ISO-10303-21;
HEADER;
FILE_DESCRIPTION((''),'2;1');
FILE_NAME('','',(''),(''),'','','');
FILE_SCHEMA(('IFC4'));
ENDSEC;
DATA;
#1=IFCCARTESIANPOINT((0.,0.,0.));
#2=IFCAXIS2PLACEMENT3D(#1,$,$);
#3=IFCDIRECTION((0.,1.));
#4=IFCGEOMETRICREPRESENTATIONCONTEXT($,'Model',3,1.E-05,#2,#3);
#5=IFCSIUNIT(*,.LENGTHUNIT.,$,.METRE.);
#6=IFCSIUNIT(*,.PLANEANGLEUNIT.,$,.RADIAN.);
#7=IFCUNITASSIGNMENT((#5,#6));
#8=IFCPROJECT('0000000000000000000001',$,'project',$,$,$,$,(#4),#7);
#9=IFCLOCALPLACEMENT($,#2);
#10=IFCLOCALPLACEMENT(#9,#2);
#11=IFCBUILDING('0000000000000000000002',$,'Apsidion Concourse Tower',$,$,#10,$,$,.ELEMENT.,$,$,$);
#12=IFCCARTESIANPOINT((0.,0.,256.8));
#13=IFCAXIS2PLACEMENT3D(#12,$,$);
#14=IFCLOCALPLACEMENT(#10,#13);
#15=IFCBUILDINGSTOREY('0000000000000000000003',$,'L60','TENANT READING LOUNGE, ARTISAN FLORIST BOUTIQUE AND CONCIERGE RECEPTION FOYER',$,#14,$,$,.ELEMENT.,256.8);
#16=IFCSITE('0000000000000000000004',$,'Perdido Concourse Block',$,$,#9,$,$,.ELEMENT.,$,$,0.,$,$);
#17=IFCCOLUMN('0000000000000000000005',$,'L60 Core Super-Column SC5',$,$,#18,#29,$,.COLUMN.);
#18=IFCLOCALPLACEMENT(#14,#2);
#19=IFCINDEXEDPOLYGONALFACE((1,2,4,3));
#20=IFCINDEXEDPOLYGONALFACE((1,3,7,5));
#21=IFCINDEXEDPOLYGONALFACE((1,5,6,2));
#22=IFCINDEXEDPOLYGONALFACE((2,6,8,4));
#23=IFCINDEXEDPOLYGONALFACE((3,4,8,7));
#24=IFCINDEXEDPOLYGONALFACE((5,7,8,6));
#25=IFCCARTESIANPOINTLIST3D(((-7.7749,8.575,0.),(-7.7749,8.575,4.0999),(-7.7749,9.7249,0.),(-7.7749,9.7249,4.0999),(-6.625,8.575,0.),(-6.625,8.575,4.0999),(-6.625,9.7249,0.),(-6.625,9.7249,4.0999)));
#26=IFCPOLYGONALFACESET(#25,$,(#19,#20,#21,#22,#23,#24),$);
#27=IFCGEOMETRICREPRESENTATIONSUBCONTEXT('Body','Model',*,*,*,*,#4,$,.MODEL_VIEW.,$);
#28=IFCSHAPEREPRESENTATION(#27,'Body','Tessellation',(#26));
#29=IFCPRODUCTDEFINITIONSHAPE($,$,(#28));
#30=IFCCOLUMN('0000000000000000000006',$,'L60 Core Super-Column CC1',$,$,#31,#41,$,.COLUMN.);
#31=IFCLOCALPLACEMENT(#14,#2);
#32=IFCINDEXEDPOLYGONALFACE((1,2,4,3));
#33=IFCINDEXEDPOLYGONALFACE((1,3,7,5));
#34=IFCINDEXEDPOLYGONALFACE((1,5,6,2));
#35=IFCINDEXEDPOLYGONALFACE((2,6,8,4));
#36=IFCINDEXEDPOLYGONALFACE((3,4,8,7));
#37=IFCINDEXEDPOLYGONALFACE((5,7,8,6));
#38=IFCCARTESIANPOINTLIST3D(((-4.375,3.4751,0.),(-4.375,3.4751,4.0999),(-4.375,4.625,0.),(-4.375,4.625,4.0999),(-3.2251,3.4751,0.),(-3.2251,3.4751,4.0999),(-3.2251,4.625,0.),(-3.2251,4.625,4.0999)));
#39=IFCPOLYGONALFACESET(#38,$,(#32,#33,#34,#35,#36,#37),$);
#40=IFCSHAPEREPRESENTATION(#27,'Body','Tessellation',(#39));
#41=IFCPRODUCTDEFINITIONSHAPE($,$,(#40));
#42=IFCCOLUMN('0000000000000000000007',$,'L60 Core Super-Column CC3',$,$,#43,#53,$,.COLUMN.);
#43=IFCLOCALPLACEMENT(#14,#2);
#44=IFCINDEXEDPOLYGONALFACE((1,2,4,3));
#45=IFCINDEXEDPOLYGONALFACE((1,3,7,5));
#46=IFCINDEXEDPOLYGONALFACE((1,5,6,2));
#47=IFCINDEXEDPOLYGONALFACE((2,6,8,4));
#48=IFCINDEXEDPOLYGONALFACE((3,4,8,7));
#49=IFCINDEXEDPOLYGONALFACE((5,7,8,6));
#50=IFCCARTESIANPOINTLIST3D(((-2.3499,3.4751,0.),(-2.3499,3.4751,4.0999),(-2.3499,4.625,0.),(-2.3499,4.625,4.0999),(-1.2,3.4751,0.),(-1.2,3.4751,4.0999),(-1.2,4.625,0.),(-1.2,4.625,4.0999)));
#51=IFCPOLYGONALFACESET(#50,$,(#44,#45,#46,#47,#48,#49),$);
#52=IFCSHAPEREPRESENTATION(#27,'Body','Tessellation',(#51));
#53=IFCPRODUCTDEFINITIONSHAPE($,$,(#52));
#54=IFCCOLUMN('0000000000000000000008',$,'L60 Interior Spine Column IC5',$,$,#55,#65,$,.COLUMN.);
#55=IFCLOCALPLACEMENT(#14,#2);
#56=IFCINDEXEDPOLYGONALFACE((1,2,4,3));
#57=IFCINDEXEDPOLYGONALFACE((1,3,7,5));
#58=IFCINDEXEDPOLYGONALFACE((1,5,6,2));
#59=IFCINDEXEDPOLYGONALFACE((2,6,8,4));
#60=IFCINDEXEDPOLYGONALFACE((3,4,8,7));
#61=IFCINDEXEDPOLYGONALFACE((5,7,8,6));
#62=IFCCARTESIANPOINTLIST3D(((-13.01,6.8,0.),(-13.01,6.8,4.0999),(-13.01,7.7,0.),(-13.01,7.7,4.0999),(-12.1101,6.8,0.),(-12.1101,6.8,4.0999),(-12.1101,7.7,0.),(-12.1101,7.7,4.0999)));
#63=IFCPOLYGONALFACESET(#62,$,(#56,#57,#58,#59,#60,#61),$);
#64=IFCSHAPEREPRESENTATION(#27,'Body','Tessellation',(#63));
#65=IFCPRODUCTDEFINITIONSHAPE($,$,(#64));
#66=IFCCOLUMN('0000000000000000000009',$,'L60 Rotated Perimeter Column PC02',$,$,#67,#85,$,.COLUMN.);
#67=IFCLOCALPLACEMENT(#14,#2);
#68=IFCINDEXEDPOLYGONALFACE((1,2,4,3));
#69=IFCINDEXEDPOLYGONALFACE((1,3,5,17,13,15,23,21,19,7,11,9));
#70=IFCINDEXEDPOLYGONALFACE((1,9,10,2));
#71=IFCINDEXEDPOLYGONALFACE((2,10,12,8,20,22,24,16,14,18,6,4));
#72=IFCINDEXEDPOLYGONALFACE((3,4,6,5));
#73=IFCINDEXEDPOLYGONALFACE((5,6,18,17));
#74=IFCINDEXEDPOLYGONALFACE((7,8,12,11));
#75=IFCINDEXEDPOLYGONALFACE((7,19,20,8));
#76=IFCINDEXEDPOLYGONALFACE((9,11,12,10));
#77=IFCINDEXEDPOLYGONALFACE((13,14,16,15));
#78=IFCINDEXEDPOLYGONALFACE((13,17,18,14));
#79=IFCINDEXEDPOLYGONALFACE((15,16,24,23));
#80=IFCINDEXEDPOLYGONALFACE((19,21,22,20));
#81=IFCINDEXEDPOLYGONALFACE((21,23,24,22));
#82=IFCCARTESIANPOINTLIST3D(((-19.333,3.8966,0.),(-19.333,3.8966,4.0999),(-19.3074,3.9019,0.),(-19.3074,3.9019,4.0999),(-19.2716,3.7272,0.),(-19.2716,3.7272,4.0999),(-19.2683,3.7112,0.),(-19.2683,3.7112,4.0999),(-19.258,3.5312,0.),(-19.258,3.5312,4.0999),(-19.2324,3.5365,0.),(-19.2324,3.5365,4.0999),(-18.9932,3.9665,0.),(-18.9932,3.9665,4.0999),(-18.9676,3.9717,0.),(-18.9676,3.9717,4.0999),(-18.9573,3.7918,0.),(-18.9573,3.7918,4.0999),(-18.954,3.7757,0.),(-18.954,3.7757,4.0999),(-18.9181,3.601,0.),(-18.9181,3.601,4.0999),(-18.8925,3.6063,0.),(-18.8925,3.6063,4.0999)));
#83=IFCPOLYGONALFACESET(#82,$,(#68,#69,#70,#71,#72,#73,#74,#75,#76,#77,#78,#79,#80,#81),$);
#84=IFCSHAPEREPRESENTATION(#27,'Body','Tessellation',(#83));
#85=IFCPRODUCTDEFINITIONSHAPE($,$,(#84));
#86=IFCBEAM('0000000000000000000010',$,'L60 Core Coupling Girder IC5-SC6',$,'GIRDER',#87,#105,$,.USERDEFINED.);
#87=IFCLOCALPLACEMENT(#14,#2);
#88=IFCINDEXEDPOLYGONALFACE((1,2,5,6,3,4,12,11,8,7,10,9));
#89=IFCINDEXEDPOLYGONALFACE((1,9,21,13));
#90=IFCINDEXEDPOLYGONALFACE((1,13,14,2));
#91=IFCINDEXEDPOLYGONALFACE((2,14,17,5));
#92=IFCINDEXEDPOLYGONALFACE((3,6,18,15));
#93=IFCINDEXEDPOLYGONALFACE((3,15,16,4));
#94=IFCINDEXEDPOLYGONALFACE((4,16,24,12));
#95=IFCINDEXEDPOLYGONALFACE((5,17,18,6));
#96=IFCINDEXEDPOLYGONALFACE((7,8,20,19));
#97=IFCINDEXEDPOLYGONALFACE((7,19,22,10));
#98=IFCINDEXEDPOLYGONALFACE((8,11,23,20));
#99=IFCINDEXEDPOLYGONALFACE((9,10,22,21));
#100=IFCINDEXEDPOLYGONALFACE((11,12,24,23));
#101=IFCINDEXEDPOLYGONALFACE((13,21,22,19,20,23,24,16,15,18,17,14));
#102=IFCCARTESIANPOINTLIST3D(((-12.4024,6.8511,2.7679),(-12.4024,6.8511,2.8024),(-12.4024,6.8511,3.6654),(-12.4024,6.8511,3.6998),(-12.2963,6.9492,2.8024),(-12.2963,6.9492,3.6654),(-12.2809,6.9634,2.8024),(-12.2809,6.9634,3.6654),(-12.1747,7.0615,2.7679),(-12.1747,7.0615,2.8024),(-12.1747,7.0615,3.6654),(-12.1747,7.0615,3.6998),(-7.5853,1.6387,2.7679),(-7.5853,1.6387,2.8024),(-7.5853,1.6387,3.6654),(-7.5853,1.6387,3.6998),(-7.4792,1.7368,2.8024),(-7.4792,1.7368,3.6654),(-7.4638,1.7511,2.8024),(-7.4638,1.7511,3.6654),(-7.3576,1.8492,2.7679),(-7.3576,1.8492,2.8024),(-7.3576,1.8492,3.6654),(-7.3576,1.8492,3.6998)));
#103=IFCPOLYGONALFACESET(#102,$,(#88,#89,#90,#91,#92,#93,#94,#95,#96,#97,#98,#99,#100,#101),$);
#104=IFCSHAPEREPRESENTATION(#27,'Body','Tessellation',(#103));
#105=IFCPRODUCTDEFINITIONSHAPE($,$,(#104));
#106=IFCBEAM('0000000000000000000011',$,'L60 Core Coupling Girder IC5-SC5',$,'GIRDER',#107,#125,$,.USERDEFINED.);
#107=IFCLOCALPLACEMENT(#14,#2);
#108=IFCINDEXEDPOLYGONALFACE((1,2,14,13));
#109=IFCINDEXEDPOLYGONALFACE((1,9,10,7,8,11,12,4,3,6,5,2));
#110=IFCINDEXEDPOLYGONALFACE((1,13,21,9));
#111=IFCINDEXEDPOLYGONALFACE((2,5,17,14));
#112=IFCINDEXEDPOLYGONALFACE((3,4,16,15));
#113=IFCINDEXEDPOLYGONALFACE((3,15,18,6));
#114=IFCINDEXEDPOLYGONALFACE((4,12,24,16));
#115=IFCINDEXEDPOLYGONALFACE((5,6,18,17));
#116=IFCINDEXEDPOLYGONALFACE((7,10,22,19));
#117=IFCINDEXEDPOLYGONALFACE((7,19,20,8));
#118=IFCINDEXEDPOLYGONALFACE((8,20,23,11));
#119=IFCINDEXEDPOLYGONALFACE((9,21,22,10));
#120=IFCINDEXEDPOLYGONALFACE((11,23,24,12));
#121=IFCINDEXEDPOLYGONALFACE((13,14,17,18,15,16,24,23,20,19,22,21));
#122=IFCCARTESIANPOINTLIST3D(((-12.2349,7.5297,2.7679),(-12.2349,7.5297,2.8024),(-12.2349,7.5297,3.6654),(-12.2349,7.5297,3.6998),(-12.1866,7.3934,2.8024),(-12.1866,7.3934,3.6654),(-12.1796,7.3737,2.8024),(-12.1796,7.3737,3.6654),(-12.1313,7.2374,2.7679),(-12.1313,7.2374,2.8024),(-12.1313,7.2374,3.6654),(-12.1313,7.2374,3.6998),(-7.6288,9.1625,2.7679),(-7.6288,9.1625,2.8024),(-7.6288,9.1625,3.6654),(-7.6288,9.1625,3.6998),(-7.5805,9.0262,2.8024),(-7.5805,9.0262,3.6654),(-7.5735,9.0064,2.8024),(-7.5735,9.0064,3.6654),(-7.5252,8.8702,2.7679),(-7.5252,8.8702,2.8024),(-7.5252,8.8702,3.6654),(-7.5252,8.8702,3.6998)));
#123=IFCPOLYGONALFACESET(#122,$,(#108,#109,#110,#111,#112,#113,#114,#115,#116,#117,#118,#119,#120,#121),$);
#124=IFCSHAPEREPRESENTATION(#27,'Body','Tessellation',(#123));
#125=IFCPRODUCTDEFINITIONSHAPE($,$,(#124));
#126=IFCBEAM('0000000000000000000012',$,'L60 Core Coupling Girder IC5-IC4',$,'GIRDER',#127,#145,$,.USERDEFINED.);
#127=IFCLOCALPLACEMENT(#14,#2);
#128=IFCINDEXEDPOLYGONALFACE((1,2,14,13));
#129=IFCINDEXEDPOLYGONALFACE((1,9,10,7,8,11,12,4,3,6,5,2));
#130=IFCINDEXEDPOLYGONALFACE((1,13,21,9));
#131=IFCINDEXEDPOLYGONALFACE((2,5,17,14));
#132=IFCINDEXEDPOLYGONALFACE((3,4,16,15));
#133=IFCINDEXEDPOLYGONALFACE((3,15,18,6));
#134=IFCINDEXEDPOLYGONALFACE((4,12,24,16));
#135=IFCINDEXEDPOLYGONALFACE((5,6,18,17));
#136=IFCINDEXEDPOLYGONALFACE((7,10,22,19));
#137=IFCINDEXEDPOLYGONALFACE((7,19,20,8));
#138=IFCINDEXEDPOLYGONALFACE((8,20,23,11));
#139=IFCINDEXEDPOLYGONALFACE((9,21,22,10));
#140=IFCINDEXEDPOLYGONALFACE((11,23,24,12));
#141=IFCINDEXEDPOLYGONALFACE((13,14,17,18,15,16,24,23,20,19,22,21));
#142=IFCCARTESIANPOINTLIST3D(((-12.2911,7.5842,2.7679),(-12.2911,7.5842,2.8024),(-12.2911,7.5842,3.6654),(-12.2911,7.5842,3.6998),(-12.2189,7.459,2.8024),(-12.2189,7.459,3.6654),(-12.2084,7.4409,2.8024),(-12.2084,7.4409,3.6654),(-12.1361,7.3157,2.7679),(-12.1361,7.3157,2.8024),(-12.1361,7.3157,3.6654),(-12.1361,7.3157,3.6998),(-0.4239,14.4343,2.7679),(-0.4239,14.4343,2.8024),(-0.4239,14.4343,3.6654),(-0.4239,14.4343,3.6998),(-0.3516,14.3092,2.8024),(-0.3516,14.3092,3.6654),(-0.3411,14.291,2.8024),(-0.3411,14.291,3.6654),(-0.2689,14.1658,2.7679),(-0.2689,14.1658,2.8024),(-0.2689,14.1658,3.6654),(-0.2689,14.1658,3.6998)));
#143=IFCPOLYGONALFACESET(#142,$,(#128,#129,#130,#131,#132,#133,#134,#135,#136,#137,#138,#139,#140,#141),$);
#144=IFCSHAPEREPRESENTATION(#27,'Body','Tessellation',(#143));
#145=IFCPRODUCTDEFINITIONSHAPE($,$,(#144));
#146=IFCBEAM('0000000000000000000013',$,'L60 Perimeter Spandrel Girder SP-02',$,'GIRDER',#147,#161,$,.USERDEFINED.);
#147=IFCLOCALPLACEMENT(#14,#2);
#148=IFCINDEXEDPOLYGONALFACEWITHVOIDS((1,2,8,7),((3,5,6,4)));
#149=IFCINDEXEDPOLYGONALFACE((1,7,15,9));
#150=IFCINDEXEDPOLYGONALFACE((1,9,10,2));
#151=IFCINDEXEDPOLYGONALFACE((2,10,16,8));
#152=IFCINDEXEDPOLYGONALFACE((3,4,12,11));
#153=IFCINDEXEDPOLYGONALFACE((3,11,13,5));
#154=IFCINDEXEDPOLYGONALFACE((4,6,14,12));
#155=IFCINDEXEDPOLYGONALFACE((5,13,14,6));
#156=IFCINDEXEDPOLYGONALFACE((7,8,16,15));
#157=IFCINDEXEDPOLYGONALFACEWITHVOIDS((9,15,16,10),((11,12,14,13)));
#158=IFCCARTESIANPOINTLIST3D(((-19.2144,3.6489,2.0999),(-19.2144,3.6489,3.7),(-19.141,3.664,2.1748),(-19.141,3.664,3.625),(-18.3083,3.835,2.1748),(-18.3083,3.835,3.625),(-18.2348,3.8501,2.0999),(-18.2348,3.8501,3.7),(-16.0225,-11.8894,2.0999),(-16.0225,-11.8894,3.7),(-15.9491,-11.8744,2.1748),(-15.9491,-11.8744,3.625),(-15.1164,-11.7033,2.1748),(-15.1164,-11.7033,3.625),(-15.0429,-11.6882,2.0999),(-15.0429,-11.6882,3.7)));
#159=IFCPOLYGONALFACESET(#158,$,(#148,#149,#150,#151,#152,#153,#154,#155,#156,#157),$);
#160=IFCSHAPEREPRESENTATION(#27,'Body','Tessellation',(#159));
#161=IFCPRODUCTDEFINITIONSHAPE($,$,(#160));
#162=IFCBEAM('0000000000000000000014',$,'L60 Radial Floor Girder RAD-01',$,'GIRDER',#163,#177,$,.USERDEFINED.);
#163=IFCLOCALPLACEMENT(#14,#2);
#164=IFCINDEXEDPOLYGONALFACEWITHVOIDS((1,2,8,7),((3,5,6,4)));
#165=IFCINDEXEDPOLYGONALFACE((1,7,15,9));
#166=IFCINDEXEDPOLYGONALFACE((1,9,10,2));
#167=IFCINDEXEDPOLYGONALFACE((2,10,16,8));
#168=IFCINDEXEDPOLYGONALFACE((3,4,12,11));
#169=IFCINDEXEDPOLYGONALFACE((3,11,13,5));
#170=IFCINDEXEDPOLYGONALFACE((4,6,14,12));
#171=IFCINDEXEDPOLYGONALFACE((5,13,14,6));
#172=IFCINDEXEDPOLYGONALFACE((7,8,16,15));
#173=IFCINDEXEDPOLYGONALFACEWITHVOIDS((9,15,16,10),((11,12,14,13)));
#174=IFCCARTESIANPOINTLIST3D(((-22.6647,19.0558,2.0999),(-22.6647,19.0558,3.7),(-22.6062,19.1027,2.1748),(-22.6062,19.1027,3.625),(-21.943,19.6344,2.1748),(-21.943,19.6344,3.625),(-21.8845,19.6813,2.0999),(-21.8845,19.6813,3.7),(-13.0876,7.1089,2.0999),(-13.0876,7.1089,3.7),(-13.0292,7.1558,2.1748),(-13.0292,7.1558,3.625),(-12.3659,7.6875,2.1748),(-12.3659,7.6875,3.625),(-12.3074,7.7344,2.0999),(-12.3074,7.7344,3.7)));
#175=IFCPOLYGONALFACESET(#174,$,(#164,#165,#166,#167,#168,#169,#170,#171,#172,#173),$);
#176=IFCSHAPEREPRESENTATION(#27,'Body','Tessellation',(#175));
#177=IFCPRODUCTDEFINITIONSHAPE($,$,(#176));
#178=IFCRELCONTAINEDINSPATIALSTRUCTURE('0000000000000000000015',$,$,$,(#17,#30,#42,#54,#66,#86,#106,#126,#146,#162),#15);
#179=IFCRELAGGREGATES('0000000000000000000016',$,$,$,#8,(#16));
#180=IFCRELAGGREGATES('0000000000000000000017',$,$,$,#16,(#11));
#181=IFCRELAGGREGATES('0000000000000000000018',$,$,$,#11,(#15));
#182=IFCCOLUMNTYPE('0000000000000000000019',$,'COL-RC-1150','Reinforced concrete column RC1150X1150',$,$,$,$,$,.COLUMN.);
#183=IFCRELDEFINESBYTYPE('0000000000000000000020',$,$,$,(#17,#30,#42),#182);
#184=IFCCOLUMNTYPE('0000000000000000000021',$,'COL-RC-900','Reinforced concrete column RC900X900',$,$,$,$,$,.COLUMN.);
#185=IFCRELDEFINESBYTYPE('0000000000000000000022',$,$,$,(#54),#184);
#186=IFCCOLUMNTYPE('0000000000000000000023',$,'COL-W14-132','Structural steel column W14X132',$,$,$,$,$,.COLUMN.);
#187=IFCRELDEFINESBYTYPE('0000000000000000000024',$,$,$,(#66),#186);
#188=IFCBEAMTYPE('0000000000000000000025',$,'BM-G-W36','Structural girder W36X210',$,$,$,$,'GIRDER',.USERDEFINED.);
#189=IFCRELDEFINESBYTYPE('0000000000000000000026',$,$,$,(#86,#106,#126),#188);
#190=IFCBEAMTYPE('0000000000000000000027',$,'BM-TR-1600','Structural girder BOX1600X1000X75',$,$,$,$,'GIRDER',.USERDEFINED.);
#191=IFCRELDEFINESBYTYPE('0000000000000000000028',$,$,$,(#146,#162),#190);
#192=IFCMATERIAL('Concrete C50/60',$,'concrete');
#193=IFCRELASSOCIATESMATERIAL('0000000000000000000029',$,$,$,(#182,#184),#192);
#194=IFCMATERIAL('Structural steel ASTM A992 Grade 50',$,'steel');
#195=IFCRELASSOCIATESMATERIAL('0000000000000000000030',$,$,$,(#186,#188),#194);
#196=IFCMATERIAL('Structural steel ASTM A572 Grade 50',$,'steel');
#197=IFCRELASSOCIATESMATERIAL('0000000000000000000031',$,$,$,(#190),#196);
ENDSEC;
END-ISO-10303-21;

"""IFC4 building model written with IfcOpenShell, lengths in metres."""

from ifc_helpers import new_model, si_unit, direction, frame, origin, origin_2d, place, context, subcontext, project, spatial, rectangle, hollow_rectangle, i_section, extrude, material, material_profile, profile_set, type_object, element, save


model = new_model("IFC4")

# Units and contexts
model_context = context("Model", 3, precision=1e-05, world=origin(), true_north=direction((0.0, 1.0)))
body_context = subcontext(model_context, "Body", "Model", "MODEL_VIEW")
ifc_project = project(units=[si_unit("LENGTHUNIT", "METRE"), si_unit("PLANEANGLEUNIT", "RADIAN")], contexts=[model_context])

# Site, building, storey
site_placement = place(None, origin())
site = spatial("IfcSite", under=ifc_project, at=site_placement, Name="Perdido Concourse Block", CompositionType="ELEMENT", RefElevation=0.0)
building_placement = place(site_placement, origin())
building = spatial("IfcBuilding", under=site, at=building_placement, Name="Apsidion Concourse Tower", CompositionType="ELEMENT")
storey_placement = place(building_placement, frame((0.0, 0.0, 256.8)))
storey = spatial("IfcBuildingStorey", under=building, at=storey_placement, Name="L60", Description="TENANT READING LOUNGE, ARTISAN FLORIST BOUTIQUE AND CONCIERGE RECEPTION FOYER", CompositionType="ELEMENT", Elevation=256.8)

# Columns
ifc_material_1 = material(Name="Concrete C50/60", Category="concrete")
ifc_material_profile_1 = material_profile(ifc_material_1, rectangle(XDim=1.1499, YDim=1.1499, at=origin_2d()), Name="RC 1150x1150")
ifc_profile_set_1 = profile_set([ifc_material_profile_1], Name="Concrete C50/60")
column_type_1 = type_object("IfcColumnType", Name="COL-RC-1150", Description="Reinforced concrete column RC1150X1150", PredefinedType="COLUMN", material=ifc_profile_set_1)
for number, where, z_axis, x_axis, name in (
    (1, (-7.2, 9.1499, 0.0), (0.0, 0.0, 1.0), (1.0, 0.0, 0.0), "L60 Core Super-Column SC5"),
    (2, (-3.8, 4.05, 0.0), (0.0, 0.0, 1.0), (1.0, 0.0, 0.0), "L60 Core Super-Column CC1"),
    (3, (-1.7749, 4.05, 0.0), (0.0, 0.0, 1.0), (1.0, 0.0, 0.0), "L60 Core Super-Column CC3"),
):
    element("IfcColumn", number, at=place(storey_placement, frame(where, z_axis=z_axis, x_axis=x_axis)), inside=storey, type_object=column_type_1, Name=name, PredefinedType="COLUMN", context=body_context, shape_type="SweptSolid", body=[
        extrude(rectangle(XDim=1.1499, YDim=1.1499, at=origin_2d()), origin(), (0.0, 0.0, 1.0), 4.0999),
    ])
ifc_material_profile_2 = material_profile(ifc_material_1, rectangle(XDim=0.8999, YDim=0.8999, at=origin_2d()), Name="RC 900x900")
ifc_profile_set_2 = profile_set([ifc_material_profile_2], Name="Concrete C50/60")
column_type_2 = type_object("IfcColumnType", Name="COL-RC-900", Description="Reinforced concrete column RC900X900", PredefinedType="COLUMN", material=ifc_profile_set_2)
column_1_placement = place(storey_placement, frame((-12.5601, 7.25, 0.0), z_axis=(0.0, 0.0, 1.0), x_axis=(1.0, 0.0, 0.0)))
element("IfcColumn", 4, at=column_1_placement, inside=storey, type_object=column_type_2, Name="L60 Interior Spine Column IC5", PredefinedType="COLUMN", context=body_context, shape_type="SweptSolid", body=[
    extrude(rectangle(XDim=0.8999, YDim=0.8999, at=origin_2d()), origin(), (0.0, 0.0, 1.0), 4.0999),
])
ifc_material_2 = material(Name="Structural steel ASTM A992 Grade 50", Category="steel")
ifc_material_profile_3 = material_profile(ifc_material_2, i_section(OverallWidth=0.373, OverallDepth=0.373, WebThickness=0.0164, FlangeThickness=0.0261, at=origin_2d()), Name="W14X132")
ifc_profile_set_3 = profile_set([ifc_material_profile_3], Name="Structural steel ASTM A992 Grade 50")
column_type_3 = type_object("IfcColumnType", Name="COL-W14-132", Description="Structural steel column W14X132", PredefinedType="COLUMN", material=ifc_profile_set_3)
column_2_placement = place(storey_placement, frame((-19.1128, 3.7515, 0.0), z_axis=(0.0, 0.0, 1.0), x_axis=(-0.201249, 0.97954, 0.0)))
element("IfcColumn", 5, at=column_2_placement, inside=storey, type_object=column_type_3, Name="L60 Rotated Perimeter Column PC02", PredefinedType="COLUMN", context=body_context, shape_type="SweptSolid", body=[
    extrude(i_section(OverallWidth=0.373, OverallDepth=0.373, WebThickness=0.0164, FlangeThickness=0.0261, at=origin_2d()), origin(), (0.0, 0.0, 1.0), 4.0999),
])

# Beams
ifc_material_profile_4 = material_profile(ifc_material_2, i_section(OverallWidth=0.3101, OverallDepth=0.9319, WebThickness=0.021, FlangeThickness=0.0344, at=origin_2d()), Name="W36X210")
ifc_profile_set_4 = profile_set([ifc_material_profile_4], Name="Structural steel ASTM A992 Grade 50")
beam_type_1 = type_object("IfcBeamType", Name="BM-G-W36", Description="Structural girder W36X210", ElementType="GIRDER", PredefinedType="USERDEFINED", material=ifc_profile_set_4)
beam_1_placement = place(storey_placement, frame((-12.2886, 6.9563, 3.2339), z_axis=(0.678713, -0.734404, 0.0), x_axis=(0.734404, 0.678713, 0.0)))
element("IfcBeam", 6, at=beam_1_placement, inside=storey, type_object=beam_type_1, Name="L60 Core Coupling Girder IC5-SC6", ObjectType="GIRDER", PredefinedType="USERDEFINED", context=body_context, shape_type="SweptSolid", body=[
    extrude(i_section(OverallWidth=0.3101, OverallDepth=0.9319, WebThickness=0.021, FlangeThickness=0.0344, at=origin_2d()), origin(), (0.0, 0.0, 1.0), 7.0974),
])
beam_2_placement = place(storey_placement, frame((-12.1831, 7.3835, 3.2339), z_axis=(0.942534, 0.334111, 0.0), x_axis=(-0.334111, 0.942534, 0.0)))
element("IfcBeam", 7, at=beam_2_placement, inside=storey, type_object=beam_type_1, Name="L60 Core Coupling Girder IC5-SC5", ObjectType="GIRDER", PredefinedType="USERDEFINED", context=body_context, shape_type="SweptSolid", body=[
    extrude(i_section(OverallWidth=0.3101, OverallDepth=0.9319, WebThickness=0.021, FlangeThickness=0.0344, at=origin_2d()), origin(), (0.0, 0.0, 1.0), 4.887),
])
beam_3_placement = place(storey_placement, frame((-12.2136, 7.45, 3.2339), z_axis=(0.86607, 0.499922, 0.0), x_axis=(-0.499922, 0.86607, 0.0)))
element("IfcBeam", 8, at=beam_3_placement, inside=storey, type_object=beam_type_1, Name="L60 Core Coupling Girder IC5-IC4", ObjectType="GIRDER", PredefinedType="USERDEFINED", context=body_context, shape_type="SweptSolid", body=[
    extrude(i_section(OverallWidth=0.3101, OverallDepth=0.9319, WebThickness=0.021, FlangeThickness=0.0344, at=origin_2d()), origin(), (0.0, 0.0, 1.0), 13.7024),
])
ifc_material_3 = material(Name="Structural steel ASTM A572 Grade 50", Category="steel")
ifc_material_profile_5 = material_profile(ifc_material_3, hollow_rectangle(XDim=1.0, YDim=1.6001, WallThickness=0.075, at=origin_2d()), Name="BOX1600X1000X75")
ifc_profile_set_5 = profile_set([ifc_material_profile_5], Name="Structural steel ASTM A572 Grade 50")
beam_type_2 = type_object("IfcBeamType", Name="BM-TR-1600", Description="Structural girder BOX1600X1000X75", ElementType="GIRDER", PredefinedType="USERDEFINED", material=ifc_profile_set_5)
beam_4_placement = place(storey_placement, frame((-18.7246, 3.7495, 2.8999), z_axis=(0.201219, -0.979546, 0.0), x_axis=(0.979546, 0.201219, 0.0)))
element("IfcBeam", 9, at=beam_4_placement, inside=storey, type_object=beam_type_2, Name="L60 Perimeter Spandrel Girder SP-02", ObjectType="GIRDER", PredefinedType="USERDEFINED", context=body_context, shape_type="SweptSolid", body=[
    extrude(hollow_rectangle(XDim=1.0, YDim=1.6001, WallThickness=0.075, at=origin_2d()), origin(), (0.0, 0.0, 1.0), 15.8628),
])
beam_5_placement = place(storey_placement, frame((-12.6975, 7.4216, 2.8999), z_axis=(-0.625473, 0.780246, 0.0), x_axis=(-0.780246, -0.625473, 0.0)))
element("IfcBeam", 10, at=beam_5_placement, inside=storey, type_object=beam_type_2, Name="L60 Radial Floor Girder RAD-01", ObjectType="GIRDER", PredefinedType="USERDEFINED", context=body_context, shape_type="SweptSolid", body=[
    extrude(hollow_rectangle(XDim=1.0, YDim=1.6001, WallThickness=0.075, at=origin_2d()), origin(), (0.0, 0.0, 1.0), 15.3118),
])

save(model, "model.ifc")
